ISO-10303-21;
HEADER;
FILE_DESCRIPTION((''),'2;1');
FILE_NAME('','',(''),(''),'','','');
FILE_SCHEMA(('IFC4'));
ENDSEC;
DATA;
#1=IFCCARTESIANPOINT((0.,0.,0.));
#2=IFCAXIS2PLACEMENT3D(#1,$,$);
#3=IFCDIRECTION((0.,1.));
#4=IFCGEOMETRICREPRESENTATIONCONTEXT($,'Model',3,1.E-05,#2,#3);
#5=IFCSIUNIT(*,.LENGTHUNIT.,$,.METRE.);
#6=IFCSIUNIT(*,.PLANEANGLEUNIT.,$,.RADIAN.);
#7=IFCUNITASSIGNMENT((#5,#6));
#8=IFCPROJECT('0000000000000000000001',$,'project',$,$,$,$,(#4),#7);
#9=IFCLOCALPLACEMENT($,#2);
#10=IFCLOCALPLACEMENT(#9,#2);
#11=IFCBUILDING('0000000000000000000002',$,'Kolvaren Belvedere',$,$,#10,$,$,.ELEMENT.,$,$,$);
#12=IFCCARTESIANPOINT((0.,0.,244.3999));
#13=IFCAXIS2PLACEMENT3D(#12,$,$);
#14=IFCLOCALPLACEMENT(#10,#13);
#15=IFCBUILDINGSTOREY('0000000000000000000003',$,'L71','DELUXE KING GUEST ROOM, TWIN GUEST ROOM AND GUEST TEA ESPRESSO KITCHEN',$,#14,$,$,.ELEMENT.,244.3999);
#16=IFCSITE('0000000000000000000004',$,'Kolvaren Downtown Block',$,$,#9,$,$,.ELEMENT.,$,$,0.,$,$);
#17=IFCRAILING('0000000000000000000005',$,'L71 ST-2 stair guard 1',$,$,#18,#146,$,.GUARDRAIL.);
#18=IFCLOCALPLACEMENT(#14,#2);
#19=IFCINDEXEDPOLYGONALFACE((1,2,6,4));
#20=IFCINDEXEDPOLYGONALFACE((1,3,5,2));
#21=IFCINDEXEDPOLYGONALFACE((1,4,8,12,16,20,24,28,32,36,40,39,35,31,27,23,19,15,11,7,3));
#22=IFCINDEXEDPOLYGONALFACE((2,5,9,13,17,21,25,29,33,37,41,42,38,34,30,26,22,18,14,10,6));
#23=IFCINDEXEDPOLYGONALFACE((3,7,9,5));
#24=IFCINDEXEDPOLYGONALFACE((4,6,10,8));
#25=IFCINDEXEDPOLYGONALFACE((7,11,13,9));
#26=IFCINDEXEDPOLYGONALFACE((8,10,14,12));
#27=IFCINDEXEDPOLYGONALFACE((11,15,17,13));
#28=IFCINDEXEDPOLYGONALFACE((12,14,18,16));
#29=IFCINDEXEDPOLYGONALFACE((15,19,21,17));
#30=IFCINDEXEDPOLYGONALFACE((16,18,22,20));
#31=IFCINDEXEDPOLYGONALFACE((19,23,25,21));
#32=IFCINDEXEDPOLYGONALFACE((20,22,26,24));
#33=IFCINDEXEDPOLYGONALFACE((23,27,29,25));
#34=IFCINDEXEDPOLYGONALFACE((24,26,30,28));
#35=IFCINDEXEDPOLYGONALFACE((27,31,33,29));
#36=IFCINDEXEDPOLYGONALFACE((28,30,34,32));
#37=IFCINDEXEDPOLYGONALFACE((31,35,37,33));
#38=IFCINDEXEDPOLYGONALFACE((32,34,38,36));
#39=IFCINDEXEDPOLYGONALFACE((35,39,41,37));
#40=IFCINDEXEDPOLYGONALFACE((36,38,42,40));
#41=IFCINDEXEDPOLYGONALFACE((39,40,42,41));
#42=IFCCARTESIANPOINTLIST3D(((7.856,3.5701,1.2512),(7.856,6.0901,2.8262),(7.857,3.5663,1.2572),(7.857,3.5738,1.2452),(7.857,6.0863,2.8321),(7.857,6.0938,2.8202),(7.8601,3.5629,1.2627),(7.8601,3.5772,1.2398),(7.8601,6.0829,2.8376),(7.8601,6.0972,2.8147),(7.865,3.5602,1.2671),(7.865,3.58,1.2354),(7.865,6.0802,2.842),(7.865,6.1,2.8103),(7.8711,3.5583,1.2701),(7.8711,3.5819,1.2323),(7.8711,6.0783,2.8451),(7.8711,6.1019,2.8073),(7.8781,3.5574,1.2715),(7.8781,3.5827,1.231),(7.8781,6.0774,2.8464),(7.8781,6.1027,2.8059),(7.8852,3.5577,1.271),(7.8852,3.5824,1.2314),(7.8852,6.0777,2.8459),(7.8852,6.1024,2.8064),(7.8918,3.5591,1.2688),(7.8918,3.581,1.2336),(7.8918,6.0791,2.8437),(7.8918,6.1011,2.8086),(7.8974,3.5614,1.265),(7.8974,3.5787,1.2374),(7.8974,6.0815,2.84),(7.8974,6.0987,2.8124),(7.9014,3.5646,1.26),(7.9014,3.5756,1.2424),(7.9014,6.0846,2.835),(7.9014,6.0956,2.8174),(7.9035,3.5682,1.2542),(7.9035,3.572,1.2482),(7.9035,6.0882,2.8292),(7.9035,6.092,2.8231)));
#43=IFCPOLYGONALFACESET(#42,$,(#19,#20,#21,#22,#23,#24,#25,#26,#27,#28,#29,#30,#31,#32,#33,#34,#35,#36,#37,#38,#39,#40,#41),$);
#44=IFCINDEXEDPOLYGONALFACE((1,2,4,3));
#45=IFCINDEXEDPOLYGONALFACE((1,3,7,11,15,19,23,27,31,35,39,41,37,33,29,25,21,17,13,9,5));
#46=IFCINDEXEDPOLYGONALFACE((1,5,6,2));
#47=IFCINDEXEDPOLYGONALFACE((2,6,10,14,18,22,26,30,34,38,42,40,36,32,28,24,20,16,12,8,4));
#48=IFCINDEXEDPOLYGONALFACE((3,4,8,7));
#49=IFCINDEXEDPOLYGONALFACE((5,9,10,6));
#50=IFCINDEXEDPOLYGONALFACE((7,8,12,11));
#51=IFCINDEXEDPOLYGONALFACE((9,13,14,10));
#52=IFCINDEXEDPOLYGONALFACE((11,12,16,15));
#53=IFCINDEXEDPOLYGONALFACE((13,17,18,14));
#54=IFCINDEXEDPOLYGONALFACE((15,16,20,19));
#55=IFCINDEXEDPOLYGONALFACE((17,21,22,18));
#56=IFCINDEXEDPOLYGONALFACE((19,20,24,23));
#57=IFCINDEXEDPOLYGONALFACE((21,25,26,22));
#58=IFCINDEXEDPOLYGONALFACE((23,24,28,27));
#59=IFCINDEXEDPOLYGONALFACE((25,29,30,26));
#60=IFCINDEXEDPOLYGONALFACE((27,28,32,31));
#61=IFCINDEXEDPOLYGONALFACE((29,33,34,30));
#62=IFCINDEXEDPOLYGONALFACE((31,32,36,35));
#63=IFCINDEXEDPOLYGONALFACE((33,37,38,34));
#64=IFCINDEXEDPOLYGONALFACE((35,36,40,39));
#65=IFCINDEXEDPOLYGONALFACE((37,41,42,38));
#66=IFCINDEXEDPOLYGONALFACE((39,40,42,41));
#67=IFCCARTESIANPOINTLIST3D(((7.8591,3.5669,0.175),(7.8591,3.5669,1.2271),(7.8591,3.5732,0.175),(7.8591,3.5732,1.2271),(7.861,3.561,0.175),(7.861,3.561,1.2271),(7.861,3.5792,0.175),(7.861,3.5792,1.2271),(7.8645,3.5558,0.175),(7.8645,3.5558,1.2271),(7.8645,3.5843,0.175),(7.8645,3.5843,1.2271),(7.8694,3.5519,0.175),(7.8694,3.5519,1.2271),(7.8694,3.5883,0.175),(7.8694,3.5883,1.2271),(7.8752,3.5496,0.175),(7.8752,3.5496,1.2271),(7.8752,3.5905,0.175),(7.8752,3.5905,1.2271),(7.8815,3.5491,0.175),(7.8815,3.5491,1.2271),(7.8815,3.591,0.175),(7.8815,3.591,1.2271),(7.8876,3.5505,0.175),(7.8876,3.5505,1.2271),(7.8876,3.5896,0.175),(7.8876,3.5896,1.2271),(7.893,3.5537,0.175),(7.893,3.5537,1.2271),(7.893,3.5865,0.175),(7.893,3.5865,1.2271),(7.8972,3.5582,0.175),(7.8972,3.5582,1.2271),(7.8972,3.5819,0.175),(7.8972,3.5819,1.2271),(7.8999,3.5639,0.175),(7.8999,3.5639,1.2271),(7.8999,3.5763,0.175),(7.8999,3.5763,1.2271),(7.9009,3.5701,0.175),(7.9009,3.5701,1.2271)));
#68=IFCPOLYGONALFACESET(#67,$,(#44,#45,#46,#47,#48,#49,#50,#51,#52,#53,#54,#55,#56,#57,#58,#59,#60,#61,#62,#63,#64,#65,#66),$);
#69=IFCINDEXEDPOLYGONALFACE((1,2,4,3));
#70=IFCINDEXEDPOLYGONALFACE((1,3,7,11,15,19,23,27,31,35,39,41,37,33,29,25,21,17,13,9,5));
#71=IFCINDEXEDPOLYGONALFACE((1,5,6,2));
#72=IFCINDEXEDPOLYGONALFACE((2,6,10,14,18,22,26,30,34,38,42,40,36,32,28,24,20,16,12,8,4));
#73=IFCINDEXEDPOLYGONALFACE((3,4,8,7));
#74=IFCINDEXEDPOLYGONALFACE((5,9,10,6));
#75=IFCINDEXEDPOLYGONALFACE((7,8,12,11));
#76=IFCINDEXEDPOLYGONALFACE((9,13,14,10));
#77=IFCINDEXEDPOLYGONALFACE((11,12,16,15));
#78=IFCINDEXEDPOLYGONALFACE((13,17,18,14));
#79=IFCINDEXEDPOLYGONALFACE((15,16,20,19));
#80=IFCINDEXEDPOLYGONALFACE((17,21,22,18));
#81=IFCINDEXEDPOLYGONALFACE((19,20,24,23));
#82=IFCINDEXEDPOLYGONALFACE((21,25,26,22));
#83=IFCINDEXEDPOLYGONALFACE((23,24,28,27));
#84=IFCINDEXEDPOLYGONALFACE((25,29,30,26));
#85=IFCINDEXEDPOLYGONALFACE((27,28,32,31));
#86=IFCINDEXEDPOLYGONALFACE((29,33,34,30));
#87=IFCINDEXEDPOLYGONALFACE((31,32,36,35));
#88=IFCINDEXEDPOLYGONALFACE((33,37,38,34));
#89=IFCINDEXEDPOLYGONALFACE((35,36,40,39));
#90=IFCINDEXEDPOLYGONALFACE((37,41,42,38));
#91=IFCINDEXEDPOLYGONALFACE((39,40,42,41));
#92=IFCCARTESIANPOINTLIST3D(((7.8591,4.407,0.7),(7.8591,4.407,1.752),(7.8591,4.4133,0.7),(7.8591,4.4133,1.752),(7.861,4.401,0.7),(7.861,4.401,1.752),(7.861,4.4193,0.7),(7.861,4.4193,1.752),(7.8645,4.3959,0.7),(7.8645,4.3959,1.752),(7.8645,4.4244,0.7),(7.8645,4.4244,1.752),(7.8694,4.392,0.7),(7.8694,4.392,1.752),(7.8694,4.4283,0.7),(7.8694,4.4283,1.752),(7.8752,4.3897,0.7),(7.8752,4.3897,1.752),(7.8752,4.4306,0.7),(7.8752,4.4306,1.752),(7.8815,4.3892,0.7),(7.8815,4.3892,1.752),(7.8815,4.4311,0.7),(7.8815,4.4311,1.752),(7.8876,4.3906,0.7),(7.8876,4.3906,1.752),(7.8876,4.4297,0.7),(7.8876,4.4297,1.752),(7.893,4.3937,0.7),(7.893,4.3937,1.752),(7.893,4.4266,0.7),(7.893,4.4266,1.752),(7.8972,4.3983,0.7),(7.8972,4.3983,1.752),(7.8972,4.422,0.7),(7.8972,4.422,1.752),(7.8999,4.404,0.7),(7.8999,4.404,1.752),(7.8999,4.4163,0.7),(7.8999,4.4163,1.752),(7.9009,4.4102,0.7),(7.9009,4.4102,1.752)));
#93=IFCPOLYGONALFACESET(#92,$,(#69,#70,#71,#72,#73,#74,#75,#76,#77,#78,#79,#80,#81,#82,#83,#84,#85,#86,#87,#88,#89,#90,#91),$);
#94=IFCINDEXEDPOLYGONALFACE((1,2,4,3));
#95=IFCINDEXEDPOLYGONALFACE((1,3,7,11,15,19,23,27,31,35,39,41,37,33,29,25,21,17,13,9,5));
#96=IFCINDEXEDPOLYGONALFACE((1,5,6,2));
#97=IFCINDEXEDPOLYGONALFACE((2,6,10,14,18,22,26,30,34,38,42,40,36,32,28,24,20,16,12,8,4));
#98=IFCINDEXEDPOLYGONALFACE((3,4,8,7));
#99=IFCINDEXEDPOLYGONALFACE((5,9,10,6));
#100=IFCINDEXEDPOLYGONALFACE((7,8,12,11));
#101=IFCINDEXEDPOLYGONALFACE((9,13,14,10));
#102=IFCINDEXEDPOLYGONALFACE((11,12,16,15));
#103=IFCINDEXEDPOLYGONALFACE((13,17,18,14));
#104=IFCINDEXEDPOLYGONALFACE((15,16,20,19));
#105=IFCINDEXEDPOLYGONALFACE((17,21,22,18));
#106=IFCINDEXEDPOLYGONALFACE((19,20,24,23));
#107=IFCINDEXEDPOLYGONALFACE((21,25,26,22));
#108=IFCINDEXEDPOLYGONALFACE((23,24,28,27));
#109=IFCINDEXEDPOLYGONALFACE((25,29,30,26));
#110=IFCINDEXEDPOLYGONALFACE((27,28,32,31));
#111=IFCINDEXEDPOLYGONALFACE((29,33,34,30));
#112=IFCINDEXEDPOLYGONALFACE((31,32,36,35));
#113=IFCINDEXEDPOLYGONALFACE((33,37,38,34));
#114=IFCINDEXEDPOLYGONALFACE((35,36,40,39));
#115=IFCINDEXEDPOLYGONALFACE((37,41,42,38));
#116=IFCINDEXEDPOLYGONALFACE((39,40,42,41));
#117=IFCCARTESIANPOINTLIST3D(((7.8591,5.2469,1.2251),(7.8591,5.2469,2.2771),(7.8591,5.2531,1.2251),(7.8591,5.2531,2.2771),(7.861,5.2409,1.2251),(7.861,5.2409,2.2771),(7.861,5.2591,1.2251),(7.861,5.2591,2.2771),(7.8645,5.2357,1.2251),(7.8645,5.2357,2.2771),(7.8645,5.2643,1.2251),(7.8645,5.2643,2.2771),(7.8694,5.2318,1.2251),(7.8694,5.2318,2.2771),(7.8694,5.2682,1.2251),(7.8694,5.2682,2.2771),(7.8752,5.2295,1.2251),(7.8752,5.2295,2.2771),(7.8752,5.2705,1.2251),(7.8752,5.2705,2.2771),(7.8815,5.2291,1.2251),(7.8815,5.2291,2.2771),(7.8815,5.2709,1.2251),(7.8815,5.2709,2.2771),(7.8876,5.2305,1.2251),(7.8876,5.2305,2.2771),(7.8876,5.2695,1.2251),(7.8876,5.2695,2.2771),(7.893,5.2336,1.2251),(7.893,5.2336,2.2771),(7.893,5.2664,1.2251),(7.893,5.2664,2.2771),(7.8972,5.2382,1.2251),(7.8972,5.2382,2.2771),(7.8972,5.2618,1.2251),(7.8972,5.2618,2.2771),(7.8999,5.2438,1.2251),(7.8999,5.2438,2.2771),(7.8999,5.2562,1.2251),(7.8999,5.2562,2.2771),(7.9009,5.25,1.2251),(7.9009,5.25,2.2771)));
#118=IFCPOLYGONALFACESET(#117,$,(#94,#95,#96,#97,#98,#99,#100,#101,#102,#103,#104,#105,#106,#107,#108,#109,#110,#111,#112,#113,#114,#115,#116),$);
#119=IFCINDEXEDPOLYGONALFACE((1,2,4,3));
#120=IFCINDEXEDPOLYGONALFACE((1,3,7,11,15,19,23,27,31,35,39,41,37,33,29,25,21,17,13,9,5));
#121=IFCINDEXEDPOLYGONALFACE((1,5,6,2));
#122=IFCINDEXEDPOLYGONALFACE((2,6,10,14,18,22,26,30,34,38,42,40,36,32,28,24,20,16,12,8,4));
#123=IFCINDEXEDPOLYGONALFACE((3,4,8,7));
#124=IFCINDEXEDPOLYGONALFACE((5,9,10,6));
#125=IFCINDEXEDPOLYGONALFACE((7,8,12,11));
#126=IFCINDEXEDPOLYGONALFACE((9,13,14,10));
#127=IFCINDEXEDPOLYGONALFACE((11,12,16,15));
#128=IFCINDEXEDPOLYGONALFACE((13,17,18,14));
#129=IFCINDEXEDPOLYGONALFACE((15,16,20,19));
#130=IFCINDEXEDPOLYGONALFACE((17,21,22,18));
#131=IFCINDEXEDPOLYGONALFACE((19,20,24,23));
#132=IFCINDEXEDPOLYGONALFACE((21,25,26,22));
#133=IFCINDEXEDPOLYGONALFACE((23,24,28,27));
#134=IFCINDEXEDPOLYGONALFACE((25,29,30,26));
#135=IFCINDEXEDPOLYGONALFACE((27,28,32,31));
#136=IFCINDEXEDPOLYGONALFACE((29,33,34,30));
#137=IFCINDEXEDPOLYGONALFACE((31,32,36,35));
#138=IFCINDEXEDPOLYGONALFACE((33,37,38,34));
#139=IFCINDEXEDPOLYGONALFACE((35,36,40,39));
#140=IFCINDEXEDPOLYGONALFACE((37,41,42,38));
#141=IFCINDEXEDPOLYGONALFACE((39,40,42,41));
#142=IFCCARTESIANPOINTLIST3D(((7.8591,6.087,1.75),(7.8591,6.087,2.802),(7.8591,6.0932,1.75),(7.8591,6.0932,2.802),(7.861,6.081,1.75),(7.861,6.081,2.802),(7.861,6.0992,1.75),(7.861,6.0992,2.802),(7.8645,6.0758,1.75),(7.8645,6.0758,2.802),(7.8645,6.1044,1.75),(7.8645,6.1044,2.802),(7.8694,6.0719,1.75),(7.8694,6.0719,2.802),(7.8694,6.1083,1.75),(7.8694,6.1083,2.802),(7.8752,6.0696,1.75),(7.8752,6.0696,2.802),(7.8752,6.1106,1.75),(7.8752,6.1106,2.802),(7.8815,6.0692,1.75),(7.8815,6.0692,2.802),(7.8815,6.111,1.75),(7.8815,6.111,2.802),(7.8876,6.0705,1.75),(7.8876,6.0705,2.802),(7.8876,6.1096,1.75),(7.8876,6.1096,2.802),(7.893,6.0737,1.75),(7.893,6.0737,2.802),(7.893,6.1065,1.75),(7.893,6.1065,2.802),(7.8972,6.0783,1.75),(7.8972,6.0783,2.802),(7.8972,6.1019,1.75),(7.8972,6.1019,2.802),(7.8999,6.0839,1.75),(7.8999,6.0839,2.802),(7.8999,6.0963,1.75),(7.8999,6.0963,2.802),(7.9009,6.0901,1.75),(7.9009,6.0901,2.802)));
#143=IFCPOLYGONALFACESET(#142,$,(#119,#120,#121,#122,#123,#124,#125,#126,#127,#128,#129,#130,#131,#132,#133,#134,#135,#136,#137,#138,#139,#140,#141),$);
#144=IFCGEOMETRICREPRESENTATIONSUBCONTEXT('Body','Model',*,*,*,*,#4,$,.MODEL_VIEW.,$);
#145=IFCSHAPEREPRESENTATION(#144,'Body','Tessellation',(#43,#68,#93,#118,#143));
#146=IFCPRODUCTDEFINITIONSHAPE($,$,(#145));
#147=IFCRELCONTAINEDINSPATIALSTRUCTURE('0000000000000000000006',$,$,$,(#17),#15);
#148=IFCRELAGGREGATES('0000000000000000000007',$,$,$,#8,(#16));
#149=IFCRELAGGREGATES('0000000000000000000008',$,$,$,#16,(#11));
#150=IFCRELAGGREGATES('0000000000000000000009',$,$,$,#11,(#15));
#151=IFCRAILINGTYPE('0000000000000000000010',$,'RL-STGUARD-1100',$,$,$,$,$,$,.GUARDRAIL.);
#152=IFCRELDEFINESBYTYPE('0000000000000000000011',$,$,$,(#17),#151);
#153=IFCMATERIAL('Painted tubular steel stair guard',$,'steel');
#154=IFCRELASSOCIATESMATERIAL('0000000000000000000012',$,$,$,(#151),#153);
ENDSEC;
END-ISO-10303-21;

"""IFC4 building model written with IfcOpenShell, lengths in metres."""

from ifc_helpers import new_model, si_unit, direction, frame, origin, origin_2d, place, context, subcontext, project, spatial, circle, extrude, material, type_object, element, save


model = new_model("IFC4")

# Units and contexts
model_context = context("Model", 3, precision=1e-05, world=origin(), true_north=direction((0.0, 1.0)))
body_context = subcontext(model_context, "Body", "Model", "MODEL_VIEW")
ifc_project = project(units=[si_unit("LENGTHUNIT", "METRE"), si_unit("PLANEANGLEUNIT", "RADIAN")], contexts=[model_context])

# Site, building, storey
site_placement = place(None, origin())
site = spatial("IfcSite", under=ifc_project, at=site_placement, Name="Kolvaren Downtown Block", CompositionType="ELEMENT", RefElevation=0.0)
building_placement = place(site_placement, origin())
building = spatial("IfcBuilding", under=site, at=building_placement, Name="Kolvaren Belvedere", CompositionType="ELEMENT")
storey_placement = place(building_placement, frame((0.0, 0.0, 244.3999)))
storey = spatial("IfcBuildingStorey", under=building, at=storey_placement, Name="L71", Description="DELUXE KING GUEST ROOM, TWIN GUEST ROOM AND GUEST TEA ESPRESSO KITCHEN", CompositionType="ELEMENT", Elevation=244.3999)

# Railing
ifc_material_1 = material(Name="Painted tubular steel stair guard", Category="steel")
railing_type_1 = type_object("IfcRailingType", Name="RL-STGUARD-1100", PredefinedType="GUARDRAIL", material=ifc_material_1)
railing_1_placement = place(storey_placement, frame((7.8799, 3.5701, 0.175)))
element("IfcRailing", 1, at=railing_1_placement, inside=storey, type_object=railing_type_1, Name="L71 ST-2 stair guard 1", PredefinedType="GUARDRAIL", context=body_context, shape_type="SweptSolid", body=[
    extrude(circle(Radius=0.0239, at=origin_2d()), frame((0.0, 0.0, 1.0762), z_axis=(0.0, 0.848008, 0.529984), x_axis=(-1.0, 0.0, 0.0)), (0.0, 0.0, 1.0), 2.9717),
    extrude(circle(Radius=0.021, at=origin_2d()), origin(), (0.0, 0.0, 1.0), 1.052),
    extrude(circle(Radius=0.021, at=origin_2d()), frame((0.0, 0.8401, 0.5249)), (0.0, 0.0, 1.0), 1.052),
    extrude(circle(Radius=0.021, at=origin_2d()), frame((0.0, 1.6799, 1.05)), (0.0, 0.0, 1.0), 1.052),
    extrude(circle(Radius=0.021, at=origin_2d()), frame((0.0, 2.52, 1.575)), (0.0, 0.0, 1.0), 1.052),
])

save(model, "model.ifc")
